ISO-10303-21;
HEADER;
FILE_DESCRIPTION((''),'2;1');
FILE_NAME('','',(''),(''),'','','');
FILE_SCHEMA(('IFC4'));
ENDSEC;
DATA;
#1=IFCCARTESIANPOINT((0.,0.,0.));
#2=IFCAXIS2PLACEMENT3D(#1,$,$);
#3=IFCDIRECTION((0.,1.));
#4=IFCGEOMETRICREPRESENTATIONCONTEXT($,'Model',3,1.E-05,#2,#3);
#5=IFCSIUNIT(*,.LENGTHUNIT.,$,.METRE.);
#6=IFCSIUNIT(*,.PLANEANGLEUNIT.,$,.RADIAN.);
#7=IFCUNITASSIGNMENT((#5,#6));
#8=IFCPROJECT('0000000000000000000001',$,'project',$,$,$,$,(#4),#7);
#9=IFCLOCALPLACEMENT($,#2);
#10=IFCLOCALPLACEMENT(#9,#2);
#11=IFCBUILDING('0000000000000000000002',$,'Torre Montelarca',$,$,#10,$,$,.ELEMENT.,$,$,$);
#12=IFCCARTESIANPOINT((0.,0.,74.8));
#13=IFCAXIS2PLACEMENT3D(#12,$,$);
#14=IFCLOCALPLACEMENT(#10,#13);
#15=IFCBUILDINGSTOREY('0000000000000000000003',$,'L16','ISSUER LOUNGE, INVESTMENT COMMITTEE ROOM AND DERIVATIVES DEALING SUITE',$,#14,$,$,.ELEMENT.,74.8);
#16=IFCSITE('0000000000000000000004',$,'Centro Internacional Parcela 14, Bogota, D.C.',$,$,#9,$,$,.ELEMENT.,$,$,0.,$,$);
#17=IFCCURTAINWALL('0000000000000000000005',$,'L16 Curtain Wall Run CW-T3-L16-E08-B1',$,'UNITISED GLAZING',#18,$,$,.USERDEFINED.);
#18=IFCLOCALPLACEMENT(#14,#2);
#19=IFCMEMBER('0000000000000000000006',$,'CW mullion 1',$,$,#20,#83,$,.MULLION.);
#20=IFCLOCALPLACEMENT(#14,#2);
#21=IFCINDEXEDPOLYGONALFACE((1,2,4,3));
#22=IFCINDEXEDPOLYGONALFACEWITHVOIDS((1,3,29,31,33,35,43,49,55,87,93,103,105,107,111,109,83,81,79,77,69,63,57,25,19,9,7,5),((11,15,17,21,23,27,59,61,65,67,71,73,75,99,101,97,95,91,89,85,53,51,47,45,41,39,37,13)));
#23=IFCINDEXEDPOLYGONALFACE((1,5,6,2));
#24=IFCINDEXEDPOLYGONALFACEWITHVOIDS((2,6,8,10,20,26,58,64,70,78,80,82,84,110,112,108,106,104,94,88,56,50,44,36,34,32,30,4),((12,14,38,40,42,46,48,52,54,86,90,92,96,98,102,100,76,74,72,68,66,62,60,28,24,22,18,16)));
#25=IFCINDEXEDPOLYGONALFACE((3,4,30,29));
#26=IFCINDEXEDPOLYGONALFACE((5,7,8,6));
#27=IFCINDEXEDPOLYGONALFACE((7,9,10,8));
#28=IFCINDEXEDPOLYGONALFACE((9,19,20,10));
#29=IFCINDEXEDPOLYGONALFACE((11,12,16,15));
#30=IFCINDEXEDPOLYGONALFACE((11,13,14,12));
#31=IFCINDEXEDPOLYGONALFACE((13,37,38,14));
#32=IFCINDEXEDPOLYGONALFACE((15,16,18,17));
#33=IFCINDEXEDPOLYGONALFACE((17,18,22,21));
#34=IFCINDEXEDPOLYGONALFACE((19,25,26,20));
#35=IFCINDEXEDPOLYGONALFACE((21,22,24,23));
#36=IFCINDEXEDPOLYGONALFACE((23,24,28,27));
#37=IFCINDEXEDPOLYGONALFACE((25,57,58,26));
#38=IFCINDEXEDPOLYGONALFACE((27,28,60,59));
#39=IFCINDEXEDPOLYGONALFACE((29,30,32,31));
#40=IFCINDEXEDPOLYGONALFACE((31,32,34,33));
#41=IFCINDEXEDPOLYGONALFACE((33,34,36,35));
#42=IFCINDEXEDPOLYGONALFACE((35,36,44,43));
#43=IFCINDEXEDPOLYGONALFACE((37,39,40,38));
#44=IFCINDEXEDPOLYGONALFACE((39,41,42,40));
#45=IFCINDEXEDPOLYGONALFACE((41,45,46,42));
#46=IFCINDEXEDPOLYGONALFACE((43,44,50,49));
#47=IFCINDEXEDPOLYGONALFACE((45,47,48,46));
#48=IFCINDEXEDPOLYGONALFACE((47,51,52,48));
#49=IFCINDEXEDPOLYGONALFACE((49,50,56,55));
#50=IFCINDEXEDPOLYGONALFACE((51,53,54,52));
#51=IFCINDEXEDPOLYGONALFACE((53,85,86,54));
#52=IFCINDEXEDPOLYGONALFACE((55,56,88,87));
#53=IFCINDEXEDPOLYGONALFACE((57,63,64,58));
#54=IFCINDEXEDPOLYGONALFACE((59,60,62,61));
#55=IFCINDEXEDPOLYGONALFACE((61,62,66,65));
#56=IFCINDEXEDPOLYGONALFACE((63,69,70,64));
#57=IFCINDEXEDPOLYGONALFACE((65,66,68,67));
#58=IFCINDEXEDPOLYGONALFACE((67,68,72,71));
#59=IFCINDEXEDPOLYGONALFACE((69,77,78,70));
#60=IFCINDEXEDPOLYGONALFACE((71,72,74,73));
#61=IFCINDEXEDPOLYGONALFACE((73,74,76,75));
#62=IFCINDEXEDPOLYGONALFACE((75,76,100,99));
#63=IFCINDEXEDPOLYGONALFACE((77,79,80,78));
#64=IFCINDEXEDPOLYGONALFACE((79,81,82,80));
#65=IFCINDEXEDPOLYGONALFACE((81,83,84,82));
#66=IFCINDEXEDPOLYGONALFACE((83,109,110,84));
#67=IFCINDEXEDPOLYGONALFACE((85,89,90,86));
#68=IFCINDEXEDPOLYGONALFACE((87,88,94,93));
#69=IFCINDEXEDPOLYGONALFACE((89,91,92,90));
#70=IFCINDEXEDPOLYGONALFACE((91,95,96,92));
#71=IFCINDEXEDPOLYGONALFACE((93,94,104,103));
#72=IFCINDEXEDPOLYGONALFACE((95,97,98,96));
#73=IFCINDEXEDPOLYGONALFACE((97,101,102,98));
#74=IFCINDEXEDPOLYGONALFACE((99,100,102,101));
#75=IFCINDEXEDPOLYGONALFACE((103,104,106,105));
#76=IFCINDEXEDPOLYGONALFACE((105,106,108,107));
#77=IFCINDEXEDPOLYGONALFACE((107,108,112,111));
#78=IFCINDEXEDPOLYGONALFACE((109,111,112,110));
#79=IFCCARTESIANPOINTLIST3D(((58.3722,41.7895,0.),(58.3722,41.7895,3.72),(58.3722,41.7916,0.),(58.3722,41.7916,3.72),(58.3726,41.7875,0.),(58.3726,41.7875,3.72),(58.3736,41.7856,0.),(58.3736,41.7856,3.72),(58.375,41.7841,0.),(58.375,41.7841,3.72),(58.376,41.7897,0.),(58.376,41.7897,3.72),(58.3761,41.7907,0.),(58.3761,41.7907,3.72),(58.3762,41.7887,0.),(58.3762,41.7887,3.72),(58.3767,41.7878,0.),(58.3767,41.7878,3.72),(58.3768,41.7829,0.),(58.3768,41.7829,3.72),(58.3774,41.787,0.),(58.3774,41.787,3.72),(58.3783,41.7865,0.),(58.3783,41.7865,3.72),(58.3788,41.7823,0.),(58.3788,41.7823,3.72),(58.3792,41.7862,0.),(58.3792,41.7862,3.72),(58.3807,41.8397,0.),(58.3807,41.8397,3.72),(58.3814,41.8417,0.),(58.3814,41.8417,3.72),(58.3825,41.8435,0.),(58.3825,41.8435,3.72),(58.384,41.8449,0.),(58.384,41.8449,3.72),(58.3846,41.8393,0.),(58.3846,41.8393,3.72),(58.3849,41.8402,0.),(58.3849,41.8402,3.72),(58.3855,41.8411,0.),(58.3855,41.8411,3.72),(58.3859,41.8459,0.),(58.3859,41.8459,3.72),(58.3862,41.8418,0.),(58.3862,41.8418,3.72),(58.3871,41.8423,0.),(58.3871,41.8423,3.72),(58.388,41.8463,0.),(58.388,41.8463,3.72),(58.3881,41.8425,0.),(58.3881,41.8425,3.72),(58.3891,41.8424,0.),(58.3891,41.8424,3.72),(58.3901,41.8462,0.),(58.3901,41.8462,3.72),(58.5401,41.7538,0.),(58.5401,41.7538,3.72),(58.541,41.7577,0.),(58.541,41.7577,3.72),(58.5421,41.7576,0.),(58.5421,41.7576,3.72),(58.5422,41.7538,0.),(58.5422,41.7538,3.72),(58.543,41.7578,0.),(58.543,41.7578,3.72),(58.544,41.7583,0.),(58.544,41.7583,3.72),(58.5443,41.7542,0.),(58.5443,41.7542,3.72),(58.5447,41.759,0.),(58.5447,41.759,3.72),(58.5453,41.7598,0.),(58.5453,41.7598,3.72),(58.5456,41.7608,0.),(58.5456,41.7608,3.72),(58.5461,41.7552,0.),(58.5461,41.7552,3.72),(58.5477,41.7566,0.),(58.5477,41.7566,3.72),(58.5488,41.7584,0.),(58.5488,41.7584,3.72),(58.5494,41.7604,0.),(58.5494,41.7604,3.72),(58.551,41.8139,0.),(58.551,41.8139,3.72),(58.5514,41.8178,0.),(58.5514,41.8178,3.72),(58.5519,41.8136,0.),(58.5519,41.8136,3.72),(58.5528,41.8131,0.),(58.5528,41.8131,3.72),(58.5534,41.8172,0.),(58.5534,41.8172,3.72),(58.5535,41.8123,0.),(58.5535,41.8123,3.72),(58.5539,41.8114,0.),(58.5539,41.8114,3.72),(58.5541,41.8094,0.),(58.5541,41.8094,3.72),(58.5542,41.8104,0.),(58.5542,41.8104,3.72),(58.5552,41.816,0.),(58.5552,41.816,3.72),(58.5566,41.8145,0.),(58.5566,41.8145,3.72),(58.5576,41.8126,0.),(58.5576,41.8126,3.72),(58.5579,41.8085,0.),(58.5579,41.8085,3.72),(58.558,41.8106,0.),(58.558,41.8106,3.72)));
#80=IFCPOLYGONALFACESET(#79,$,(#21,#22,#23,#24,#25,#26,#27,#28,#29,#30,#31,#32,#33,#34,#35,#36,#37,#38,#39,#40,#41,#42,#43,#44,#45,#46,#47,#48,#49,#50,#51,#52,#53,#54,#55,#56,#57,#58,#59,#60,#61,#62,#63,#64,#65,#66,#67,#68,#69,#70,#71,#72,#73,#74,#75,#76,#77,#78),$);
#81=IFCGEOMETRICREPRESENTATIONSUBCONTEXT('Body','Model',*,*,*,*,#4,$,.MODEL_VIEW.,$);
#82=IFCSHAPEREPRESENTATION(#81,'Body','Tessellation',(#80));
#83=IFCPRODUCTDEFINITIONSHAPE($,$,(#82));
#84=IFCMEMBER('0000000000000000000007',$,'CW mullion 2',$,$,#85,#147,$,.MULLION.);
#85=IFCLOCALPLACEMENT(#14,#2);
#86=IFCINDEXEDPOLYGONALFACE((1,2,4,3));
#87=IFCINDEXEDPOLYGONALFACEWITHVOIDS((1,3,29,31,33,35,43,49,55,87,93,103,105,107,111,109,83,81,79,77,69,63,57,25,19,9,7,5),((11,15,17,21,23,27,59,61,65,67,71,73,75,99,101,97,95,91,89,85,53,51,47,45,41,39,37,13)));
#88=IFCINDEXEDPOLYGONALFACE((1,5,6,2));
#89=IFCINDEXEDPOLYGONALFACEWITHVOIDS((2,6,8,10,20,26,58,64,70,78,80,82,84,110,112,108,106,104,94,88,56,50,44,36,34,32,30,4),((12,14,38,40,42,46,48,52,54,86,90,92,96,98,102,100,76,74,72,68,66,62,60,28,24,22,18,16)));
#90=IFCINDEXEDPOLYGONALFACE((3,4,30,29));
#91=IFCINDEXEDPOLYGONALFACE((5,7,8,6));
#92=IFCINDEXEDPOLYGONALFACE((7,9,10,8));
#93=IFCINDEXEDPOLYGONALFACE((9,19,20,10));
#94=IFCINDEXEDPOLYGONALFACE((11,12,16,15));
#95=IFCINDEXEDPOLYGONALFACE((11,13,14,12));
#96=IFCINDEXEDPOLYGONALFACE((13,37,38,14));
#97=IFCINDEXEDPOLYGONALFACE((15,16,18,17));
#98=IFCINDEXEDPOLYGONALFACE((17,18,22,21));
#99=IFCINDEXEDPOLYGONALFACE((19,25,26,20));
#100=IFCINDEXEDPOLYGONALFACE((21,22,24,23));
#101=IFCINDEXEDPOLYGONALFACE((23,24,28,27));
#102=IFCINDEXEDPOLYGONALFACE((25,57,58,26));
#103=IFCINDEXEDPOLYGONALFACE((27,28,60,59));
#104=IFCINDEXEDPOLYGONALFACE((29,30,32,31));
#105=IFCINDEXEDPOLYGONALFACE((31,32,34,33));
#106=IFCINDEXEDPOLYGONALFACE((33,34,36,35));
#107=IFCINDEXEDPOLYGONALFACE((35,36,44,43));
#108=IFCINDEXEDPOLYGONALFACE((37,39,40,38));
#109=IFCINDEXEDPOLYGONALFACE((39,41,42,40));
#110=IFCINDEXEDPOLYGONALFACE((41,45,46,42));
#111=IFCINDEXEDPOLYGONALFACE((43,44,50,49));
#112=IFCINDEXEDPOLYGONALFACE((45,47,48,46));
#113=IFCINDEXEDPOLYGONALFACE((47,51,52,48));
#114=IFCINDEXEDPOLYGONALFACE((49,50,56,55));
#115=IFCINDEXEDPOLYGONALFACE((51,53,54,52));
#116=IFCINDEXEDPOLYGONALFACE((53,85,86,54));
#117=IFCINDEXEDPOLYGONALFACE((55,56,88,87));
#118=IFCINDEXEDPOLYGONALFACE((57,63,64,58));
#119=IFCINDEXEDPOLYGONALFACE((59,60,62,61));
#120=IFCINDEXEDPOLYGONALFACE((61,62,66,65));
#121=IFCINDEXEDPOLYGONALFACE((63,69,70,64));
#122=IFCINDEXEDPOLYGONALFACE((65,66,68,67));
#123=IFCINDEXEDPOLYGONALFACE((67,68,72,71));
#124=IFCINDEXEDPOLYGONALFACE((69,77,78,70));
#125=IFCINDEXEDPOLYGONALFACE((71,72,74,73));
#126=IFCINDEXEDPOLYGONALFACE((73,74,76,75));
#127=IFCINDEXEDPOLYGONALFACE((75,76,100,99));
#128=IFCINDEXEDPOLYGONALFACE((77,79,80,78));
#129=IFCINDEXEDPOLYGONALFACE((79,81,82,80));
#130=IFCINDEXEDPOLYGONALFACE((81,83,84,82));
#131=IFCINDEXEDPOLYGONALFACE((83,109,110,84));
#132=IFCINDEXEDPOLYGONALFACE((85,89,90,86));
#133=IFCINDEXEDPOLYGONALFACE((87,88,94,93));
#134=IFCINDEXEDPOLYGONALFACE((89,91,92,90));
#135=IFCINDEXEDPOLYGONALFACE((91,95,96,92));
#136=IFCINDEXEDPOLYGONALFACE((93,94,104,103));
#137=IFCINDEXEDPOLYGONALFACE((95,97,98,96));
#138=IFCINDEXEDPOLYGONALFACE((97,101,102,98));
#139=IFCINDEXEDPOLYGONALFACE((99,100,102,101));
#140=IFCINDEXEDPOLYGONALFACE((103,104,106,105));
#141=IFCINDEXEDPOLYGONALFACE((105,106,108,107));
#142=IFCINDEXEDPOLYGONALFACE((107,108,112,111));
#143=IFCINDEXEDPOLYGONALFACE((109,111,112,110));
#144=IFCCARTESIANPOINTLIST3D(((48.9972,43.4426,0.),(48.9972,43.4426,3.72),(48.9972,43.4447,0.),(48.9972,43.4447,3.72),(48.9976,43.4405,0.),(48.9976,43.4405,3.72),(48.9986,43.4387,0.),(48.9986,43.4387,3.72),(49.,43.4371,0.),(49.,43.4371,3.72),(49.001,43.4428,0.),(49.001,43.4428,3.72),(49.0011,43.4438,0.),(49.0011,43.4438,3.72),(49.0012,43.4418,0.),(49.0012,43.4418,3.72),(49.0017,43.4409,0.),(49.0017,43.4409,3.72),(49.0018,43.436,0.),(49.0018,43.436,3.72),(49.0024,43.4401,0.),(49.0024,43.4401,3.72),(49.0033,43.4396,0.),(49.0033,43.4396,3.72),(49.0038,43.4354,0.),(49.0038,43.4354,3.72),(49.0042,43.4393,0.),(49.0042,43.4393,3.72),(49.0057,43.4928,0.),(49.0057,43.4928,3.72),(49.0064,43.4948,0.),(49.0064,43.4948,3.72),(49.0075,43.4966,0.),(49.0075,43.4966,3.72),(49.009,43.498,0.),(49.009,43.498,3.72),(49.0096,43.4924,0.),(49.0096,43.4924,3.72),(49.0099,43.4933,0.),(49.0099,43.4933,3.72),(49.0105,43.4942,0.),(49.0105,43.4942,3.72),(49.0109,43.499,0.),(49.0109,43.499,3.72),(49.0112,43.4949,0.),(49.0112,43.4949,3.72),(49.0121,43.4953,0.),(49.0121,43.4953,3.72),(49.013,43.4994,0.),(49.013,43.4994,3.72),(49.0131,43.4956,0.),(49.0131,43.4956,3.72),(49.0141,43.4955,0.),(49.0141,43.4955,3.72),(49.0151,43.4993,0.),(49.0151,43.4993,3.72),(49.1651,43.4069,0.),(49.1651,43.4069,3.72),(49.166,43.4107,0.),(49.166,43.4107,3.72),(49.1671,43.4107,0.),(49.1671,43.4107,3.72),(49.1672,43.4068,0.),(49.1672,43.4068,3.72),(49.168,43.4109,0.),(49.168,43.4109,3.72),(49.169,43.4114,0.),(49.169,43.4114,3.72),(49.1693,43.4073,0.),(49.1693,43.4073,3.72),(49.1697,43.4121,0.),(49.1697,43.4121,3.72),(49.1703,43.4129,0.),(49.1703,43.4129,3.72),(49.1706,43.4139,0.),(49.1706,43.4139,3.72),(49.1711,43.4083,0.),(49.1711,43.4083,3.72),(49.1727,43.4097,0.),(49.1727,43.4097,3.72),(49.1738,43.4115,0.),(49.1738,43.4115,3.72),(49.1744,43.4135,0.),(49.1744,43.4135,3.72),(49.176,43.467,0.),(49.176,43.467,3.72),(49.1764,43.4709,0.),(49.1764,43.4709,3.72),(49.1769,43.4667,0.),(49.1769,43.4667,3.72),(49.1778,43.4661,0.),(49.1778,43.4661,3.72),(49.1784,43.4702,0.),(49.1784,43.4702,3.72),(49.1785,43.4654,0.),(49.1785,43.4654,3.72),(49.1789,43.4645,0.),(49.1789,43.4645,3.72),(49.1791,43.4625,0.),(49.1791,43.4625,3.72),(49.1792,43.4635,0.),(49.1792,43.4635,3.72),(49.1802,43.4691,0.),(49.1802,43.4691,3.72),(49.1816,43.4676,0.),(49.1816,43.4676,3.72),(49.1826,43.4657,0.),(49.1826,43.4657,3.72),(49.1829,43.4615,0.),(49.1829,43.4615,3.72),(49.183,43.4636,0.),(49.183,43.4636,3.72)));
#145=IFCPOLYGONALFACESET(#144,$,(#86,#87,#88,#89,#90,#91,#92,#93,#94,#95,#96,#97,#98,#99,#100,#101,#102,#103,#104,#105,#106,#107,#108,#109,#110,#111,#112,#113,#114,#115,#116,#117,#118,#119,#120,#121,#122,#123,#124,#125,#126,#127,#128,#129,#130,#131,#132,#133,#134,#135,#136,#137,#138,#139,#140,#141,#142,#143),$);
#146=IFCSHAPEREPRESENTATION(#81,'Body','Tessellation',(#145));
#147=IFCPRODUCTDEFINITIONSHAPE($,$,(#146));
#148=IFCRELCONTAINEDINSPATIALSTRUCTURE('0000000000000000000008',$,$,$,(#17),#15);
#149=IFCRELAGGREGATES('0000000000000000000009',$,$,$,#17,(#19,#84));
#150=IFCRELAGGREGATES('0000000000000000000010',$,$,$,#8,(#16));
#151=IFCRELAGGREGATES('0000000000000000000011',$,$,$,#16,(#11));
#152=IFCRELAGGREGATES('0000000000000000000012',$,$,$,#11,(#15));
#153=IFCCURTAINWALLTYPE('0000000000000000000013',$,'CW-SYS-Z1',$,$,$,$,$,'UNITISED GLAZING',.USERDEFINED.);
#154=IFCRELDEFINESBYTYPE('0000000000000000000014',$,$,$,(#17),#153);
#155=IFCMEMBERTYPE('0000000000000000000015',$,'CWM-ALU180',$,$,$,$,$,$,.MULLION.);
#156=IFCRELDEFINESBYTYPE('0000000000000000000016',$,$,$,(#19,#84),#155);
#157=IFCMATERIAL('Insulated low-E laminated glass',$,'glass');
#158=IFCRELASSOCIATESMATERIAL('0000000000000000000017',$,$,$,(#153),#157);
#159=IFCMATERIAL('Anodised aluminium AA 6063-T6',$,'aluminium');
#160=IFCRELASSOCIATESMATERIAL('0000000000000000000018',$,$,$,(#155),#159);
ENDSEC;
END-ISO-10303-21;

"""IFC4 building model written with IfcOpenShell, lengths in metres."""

from ifc_helpers import new_model, si_unit, direction, frame, origin, origin_2d, place, context, subcontext, project, spatial, hollow_rectangle, extrude, source, transform, mapped, material, material_profile, profile_set, type_object, element, aggregate, save


model = new_model("IFC4")

# Units and contexts
model_context = context("Model", 3, precision=1e-05, world=origin(), true_north=direction((0.0, 1.0)))
body_context = subcontext(model_context, "Body", "Model", "MODEL_VIEW")
ifc_project = project(units=[si_unit("LENGTHUNIT", "METRE"), si_unit("PLANEANGLEUNIT", "RADIAN")], contexts=[model_context])

# Site, building, storey
site_placement = place(None, origin())
site = spatial("IfcSite", under=ifc_project, at=site_placement, Name="Centro Internacional Parcela 14, Bogota, D.C.", CompositionType="ELEMENT", RefElevation=0.0)
building_placement = place(site_placement, origin())
building = spatial("IfcBuilding", under=site, at=building_placement, Name="Torre Montelarca", CompositionType="ELEMENT")
storey_placement = place(building_placement, frame((0.0, 0.0, 74.8)))
storey = spatial("IfcBuildingStorey", under=building, at=storey_placement, Name="L16", Description="ISSUER LOUNGE, INVESTMENT COMMITTEE ROOM AND DERIVATIVES DEALING SUITE", CompositionType="ELEMENT", Elevation=74.8)

# Shared definitions
ifc_material_1 = material(Name="Insulated low-E laminated glass", Category="glass")
curtain_wall_type = type_object("IfcCurtainWallType", Name="CW-SYS-Z1", ElementType="UNITISED GLAZING", PredefinedType="USERDEFINED", material=ifc_material_1)
ifc_material_2 = material(Name="Anodised aluminium AA 6063-T6", Category="aluminium")
ifc_material_profile_1 = material_profile(ifc_material_2, hollow_rectangle(XDim=0.0649, YDim=0.1799, WallThickness=0.0039, InnerFilletRadius=0.0039, OuterFilletRadius=0.0081, at=origin_2d()), Name="ALU65X180X4", Category="aluminium")
ifc_profile_set_1 = profile_set([ifc_material_profile_1], Name="Anodised aluminium AA 6063-T6")
member_type_1 = type_object("IfcMemberType", Name="CWM-ALU180", PredefinedType="MULLION", material=ifc_profile_set_1)
shared_shape_1 = source(origin(), body_context, "Body", "SweptSolid", [
    extrude(hollow_rectangle(XDim=0.0649, YDim=0.1799, WallThickness=0.0039, InnerFilletRadius=0.0039, OuterFilletRadius=0.0081, at=origin_2d()), origin(), (0.0, 0.0, 1.0), 3.72),
])

# Curtain wall, members
curtain_wall_1_placement = place(storey_placement, origin())
curtain_wall_1 = element("IfcCurtainWall", 1, at=curtain_wall_1_placement, inside=storey, type_object=curtain_wall_type, Name="L16 Curtain Wall Run CW-T3-L16-E08-B1", ObjectType="UNITISED GLAZING", PredefinedType="USERDEFINED")
member_1_placement = place(storey_placement, frame((58.4651, 41.8, 0.0), z_axis=(0.0, 0.0, 1.0), x_axis=(-0.173643, -0.984809, 0.0)))
member_1 = element("IfcMember", 2, at=member_1_placement, type_object=member_type_1, Name="CW mullion 1", PredefinedType="MULLION", context=body_context, shape_type="MappedRepresentation", body=[
    mapped(shared_shape_1, transform((0.0, 0.0, 0.0), scale=1.0)),
])
member_2_placement = place(storey_placement, frame((49.0901, 43.4531, 0.0), z_axis=(0.0, 0.0, 1.0), x_axis=(-0.173643, -0.984809, 0.0)))
member_2 = element("IfcMember", 3, at=member_2_placement, type_object=member_type_1, Name="CW mullion 2", PredefinedType="MULLION", context=body_context, shape_type="MappedRepresentation", body=[
    mapped(shared_shape_1, transform((0.0, 0.0, 0.0), scale=1.0)),
])

aggregate(curtain_wall_1, [member_1, member_2])

save(model, "model.ifc")
